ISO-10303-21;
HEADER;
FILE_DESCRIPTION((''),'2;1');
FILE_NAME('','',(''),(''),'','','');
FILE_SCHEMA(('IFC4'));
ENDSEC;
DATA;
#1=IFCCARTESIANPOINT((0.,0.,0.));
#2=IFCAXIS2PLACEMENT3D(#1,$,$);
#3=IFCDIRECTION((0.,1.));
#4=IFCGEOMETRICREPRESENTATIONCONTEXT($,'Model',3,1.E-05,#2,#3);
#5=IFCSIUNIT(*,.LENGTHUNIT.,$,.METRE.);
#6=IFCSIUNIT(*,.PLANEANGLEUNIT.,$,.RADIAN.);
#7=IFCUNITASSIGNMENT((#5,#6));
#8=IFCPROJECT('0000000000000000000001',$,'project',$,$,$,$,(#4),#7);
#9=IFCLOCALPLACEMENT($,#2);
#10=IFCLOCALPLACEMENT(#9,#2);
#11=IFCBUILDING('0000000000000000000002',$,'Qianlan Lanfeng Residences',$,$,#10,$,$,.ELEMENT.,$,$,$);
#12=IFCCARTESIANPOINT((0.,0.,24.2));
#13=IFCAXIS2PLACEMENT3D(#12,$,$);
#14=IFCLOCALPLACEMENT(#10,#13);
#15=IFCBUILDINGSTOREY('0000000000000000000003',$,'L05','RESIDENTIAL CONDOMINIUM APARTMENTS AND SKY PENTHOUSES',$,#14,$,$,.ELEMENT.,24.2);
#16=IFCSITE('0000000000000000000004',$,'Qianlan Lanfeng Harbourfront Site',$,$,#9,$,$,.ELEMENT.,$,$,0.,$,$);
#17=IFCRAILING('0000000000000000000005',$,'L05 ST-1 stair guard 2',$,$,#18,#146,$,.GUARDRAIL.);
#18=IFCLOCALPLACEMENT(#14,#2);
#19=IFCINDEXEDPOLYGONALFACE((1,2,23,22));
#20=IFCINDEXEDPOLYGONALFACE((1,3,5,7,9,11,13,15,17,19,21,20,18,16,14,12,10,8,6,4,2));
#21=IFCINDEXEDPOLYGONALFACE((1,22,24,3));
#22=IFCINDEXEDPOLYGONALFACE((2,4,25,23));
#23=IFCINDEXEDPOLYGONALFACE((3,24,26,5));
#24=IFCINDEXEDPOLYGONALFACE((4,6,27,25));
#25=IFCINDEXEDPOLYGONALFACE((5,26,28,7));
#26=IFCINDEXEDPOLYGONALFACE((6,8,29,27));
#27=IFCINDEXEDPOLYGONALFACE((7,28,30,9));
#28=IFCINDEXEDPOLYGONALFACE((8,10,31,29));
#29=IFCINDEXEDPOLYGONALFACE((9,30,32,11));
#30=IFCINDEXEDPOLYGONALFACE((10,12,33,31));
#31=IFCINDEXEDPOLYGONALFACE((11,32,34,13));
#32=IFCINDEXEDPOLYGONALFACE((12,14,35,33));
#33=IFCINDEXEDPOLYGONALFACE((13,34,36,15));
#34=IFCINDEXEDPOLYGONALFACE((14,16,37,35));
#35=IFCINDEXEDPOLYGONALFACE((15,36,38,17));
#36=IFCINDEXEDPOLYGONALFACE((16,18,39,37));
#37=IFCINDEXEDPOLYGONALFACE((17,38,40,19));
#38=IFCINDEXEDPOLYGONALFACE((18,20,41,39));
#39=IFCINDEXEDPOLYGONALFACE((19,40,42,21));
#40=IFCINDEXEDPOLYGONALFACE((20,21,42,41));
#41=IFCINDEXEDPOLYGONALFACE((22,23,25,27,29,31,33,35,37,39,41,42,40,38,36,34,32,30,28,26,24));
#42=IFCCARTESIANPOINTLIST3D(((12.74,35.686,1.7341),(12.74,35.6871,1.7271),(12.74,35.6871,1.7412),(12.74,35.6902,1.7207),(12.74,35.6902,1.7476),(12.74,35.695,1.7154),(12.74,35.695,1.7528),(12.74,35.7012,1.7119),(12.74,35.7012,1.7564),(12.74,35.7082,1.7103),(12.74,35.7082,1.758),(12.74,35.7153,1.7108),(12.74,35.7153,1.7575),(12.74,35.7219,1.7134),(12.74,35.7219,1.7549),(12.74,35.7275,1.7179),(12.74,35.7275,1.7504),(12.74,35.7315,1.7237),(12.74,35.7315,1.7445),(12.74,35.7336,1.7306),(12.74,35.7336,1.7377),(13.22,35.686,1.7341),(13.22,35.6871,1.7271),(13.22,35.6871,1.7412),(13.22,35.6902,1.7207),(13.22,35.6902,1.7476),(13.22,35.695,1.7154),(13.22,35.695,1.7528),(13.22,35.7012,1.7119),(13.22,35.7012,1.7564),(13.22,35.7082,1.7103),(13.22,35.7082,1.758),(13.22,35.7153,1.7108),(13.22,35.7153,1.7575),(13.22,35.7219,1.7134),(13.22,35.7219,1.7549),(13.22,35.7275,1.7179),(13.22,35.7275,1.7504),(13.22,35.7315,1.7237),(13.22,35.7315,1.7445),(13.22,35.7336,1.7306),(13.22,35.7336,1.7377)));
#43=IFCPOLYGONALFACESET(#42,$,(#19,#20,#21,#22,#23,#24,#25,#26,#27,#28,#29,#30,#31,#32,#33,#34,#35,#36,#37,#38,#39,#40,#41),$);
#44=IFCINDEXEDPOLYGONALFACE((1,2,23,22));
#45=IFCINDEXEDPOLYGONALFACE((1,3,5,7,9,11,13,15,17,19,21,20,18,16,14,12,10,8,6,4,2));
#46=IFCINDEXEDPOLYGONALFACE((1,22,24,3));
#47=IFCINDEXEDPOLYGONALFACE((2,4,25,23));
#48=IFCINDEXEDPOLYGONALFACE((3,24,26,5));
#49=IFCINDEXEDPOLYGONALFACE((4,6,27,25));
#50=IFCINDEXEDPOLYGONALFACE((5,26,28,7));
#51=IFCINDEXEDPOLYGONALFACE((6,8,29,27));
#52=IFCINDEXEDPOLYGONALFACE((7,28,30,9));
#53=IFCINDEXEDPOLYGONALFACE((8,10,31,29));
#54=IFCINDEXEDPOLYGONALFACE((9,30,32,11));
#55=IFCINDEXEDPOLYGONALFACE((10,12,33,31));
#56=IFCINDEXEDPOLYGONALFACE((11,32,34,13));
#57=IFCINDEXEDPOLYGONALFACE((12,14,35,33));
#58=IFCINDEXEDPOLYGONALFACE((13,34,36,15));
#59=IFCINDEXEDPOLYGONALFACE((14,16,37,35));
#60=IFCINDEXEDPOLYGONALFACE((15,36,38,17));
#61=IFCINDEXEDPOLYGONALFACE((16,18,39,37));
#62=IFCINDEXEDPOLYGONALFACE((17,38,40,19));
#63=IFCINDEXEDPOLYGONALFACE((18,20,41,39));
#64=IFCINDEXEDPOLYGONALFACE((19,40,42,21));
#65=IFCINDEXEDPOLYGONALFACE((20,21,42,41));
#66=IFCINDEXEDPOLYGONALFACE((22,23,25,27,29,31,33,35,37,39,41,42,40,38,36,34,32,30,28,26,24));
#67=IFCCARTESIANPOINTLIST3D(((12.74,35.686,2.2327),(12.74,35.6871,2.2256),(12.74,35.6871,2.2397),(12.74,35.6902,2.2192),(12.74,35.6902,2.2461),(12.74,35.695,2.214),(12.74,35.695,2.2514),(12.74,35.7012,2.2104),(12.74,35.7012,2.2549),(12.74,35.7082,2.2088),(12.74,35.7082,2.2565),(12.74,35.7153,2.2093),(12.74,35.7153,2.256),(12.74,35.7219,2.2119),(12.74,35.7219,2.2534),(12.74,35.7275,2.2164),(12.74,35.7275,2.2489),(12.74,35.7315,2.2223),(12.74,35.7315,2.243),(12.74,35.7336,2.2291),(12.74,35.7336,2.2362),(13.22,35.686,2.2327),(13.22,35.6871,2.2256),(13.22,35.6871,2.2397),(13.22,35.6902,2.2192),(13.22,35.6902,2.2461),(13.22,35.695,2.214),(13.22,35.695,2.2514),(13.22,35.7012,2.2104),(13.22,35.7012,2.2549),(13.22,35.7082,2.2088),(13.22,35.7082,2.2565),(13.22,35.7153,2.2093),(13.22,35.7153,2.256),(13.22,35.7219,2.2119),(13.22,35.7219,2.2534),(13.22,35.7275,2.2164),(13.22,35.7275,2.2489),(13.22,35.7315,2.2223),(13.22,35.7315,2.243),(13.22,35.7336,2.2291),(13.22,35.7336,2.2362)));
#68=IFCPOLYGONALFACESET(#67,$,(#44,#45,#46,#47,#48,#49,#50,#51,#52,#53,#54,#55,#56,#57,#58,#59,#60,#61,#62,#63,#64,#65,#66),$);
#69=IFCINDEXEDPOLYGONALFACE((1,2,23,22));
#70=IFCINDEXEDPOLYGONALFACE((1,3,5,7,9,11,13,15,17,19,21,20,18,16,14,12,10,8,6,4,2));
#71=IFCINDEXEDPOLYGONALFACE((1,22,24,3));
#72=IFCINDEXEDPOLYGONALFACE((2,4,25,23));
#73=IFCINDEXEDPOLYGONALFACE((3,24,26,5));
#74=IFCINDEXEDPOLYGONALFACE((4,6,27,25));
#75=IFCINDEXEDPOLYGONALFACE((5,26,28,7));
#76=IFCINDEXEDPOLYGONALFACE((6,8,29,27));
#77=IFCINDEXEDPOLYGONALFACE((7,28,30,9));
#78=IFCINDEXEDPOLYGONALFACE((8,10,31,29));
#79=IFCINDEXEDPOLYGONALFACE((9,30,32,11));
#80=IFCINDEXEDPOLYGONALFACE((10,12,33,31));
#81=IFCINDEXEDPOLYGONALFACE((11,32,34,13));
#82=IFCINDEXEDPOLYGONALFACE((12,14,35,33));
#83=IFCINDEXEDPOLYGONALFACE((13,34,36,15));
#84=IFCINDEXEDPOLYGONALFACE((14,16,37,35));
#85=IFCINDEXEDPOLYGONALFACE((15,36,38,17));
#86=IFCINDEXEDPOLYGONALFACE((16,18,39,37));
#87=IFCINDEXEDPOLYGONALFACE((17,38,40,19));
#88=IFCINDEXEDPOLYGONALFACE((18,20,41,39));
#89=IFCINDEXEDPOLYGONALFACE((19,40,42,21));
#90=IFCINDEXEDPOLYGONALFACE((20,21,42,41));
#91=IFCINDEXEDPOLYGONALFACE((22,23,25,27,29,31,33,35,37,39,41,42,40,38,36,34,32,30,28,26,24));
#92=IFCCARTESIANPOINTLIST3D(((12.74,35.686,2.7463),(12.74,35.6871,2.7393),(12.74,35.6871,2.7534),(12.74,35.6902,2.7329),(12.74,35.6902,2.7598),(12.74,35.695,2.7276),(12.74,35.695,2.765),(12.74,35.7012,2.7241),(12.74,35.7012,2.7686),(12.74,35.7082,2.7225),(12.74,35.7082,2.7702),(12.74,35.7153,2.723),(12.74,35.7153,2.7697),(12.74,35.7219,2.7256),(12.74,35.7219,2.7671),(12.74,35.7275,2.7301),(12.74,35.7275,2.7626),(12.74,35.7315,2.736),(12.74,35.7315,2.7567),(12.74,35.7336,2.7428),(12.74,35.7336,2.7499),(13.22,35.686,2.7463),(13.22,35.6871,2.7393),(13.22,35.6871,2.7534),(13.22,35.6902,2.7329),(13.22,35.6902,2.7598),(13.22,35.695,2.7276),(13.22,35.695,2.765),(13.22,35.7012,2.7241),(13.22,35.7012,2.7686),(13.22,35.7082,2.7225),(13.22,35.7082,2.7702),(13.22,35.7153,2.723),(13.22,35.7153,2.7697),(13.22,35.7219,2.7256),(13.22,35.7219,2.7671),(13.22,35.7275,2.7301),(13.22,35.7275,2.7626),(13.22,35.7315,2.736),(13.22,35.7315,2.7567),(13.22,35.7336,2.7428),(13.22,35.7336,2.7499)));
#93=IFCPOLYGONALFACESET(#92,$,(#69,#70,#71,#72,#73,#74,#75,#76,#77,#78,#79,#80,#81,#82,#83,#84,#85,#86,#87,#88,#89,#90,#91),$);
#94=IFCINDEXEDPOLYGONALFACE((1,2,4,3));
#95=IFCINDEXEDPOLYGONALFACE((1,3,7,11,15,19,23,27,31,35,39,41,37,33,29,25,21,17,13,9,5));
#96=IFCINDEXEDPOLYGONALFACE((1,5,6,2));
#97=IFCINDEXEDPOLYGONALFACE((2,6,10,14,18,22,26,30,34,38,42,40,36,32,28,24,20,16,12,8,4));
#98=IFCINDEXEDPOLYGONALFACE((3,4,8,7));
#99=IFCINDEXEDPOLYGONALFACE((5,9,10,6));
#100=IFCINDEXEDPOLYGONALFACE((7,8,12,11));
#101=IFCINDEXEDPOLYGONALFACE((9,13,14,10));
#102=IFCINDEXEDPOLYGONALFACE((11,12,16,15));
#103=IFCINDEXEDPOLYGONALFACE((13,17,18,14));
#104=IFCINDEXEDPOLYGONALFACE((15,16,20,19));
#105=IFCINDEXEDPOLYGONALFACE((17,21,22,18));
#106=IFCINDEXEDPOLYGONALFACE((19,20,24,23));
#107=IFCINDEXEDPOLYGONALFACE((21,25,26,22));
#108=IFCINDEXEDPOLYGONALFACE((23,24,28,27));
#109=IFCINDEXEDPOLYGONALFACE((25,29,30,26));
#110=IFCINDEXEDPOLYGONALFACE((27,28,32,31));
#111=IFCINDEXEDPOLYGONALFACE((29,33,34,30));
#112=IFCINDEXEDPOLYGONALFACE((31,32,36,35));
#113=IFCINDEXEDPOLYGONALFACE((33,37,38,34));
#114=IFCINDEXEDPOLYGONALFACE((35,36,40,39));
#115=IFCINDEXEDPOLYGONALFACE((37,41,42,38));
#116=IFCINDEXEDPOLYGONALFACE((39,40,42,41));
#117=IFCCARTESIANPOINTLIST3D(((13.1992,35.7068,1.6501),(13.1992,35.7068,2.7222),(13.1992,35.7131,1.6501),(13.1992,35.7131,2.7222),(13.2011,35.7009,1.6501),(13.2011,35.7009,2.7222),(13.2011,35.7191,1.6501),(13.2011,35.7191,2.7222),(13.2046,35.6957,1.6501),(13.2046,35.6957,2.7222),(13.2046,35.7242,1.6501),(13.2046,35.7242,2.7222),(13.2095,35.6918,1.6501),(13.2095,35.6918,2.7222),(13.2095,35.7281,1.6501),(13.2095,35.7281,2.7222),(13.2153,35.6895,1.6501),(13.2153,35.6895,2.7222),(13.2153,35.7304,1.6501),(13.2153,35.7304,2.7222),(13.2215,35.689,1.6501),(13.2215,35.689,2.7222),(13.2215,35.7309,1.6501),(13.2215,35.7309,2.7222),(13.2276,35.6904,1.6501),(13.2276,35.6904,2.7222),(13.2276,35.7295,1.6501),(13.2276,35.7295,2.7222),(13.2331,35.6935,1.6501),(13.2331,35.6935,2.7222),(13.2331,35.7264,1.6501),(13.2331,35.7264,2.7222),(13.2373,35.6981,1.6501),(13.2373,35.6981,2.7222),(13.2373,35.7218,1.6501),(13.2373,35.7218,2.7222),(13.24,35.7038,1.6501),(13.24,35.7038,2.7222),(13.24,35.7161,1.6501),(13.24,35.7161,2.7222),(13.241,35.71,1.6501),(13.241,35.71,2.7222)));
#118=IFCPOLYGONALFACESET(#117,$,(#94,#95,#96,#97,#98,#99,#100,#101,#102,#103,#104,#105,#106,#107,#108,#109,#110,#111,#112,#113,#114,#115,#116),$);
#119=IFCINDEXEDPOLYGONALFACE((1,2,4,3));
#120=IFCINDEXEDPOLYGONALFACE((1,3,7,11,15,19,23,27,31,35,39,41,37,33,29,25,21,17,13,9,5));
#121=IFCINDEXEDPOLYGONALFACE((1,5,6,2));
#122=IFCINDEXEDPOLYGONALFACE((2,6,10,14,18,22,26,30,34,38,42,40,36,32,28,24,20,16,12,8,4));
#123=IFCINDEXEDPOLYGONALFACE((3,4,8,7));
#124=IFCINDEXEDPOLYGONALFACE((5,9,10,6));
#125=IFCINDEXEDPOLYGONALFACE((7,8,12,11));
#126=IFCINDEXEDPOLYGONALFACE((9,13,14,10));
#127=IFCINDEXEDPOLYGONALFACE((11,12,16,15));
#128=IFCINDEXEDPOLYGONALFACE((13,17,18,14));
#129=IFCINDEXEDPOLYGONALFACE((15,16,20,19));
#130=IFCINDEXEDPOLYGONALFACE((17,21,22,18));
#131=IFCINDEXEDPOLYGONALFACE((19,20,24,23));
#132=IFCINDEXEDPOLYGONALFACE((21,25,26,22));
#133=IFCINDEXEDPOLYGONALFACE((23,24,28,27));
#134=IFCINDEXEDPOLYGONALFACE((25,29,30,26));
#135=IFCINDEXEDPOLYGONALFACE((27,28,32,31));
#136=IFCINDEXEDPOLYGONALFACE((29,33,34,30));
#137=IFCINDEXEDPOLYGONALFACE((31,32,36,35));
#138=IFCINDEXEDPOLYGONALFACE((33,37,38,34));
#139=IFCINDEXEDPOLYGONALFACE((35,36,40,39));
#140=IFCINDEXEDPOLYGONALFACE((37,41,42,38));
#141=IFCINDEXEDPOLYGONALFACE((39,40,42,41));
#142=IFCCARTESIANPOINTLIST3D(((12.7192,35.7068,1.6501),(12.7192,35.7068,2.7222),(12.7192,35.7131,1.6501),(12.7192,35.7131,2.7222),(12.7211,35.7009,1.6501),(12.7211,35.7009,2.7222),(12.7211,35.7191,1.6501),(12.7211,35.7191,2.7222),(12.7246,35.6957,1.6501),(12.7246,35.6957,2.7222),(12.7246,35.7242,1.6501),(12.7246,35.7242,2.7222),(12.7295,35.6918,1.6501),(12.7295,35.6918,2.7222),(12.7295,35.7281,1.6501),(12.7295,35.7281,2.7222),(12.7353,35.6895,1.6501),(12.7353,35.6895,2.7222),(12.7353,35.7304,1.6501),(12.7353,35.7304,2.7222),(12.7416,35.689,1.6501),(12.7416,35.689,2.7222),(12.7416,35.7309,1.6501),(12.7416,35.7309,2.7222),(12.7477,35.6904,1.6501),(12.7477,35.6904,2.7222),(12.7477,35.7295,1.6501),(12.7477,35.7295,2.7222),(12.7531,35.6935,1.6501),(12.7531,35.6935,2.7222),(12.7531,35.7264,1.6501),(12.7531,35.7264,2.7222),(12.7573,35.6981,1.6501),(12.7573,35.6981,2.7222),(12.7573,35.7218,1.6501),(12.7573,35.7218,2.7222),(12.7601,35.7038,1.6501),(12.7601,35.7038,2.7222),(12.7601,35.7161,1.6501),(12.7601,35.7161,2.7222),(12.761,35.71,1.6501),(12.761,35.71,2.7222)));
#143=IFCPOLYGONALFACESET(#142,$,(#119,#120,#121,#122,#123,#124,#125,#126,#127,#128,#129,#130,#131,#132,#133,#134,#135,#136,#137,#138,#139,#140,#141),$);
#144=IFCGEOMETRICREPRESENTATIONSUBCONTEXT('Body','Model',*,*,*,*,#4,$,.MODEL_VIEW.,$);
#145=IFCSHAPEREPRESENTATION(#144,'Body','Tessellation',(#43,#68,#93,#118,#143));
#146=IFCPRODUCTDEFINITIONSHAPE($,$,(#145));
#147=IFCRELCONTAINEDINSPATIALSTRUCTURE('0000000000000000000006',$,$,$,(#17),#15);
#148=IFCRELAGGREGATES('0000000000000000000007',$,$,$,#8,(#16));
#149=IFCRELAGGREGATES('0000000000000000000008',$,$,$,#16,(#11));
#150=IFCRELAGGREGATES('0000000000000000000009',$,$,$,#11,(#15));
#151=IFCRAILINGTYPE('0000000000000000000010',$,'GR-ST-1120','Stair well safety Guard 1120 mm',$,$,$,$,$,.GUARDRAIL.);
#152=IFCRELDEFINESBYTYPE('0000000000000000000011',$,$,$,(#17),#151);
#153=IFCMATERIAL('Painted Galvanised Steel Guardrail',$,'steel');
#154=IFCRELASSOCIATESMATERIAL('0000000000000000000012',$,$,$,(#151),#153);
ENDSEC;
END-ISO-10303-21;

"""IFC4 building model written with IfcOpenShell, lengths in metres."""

from ifc_helpers import new_model, si_unit, direction, frame, origin, origin_2d, place, context, subcontext, project, spatial, circle, extrude, material, type_object, element, save


model = new_model("IFC4")

# Units and contexts
model_context = context("Model", 3, precision=1e-05, world=origin(), true_north=direction((0.0, 1.0)))
body_context = subcontext(model_context, "Body", "Model", "MODEL_VIEW")
ifc_project = project(units=[si_unit("LENGTHUNIT", "METRE"), si_unit("PLANEANGLEUNIT", "RADIAN")], contexts=[model_context])

# Site, building, storey
site_placement = place(None, origin())
site = spatial("IfcSite", under=ifc_project, at=site_placement, Name="Qianlan Lanfeng Harbourfront Site", CompositionType="ELEMENT", RefElevation=0.0)
building_placement = place(site_placement, origin())
building = spatial("IfcBuilding", under=site, at=building_placement, Name="Qianlan Lanfeng Residences", CompositionType="ELEMENT")
storey_placement = place(building_placement, frame((0.0, 0.0, 24.2)))
storey = spatial("IfcBuildingStorey", under=building, at=storey_placement, Name="L05", Description="RESIDENTIAL CONDOMINIUM APARTMENTS AND SKY PENTHOUSES", CompositionType="ELEMENT", Elevation=24.2)

# Railing
ifc_material_1 = material(Name="Painted Galvanised Steel Guardrail", Category="steel")
railing_type_1 = type_object("IfcRailingType", Name="GR-ST-1120", Description="Stair well safety Guard 1120 mm", PredefinedType="GUARDRAIL", material=ifc_material_1)
railing_1_placement = place(storey_placement, frame((13.22, 35.71, 1.6501)))
element("IfcRailing", 1, at=railing_1_placement, inside=storey, type_object=railing_type_1, Name="L05 ST-1 stair guard 2", PredefinedType="GUARDRAIL", context=body_context, shape_type="SweptSolid", body=[
    extrude(circle(Radius=0.0239, at=origin_2d()), frame((0.0, 0.0, 0.084), z_axis=(-1.0, 0.0, 0.0), x_axis=(0.0, -1.0, 0.0)), (0.0, 0.0, 1.0), 0.48),
    extrude(circle(Radius=0.0239, at=origin_2d()), frame((0.0, 0.0, 0.5825), z_axis=(-1.0, 0.0, 0.0), x_axis=(0.0, -1.0, 0.0)), (0.0, 0.0, 1.0), 0.48),
    extrude(circle(Radius=0.0239, at=origin_2d()), frame((0.0, 0.0, 1.0962), z_axis=(-1.0, 0.0, 0.0), x_axis=(0.0, -1.0, 0.0)), (0.0, 0.0, 1.0), 0.48),
    extrude(circle(Radius=0.021, at=origin_2d()), origin(), (0.0, 0.0, 1.0), 1.072),
    extrude(circle(Radius=0.021, at=origin_2d()), frame((-0.48, 0.0, 0.0)), (0.0, 0.0, 1.0), 1.072),
])

save(model, "model.ifc")
